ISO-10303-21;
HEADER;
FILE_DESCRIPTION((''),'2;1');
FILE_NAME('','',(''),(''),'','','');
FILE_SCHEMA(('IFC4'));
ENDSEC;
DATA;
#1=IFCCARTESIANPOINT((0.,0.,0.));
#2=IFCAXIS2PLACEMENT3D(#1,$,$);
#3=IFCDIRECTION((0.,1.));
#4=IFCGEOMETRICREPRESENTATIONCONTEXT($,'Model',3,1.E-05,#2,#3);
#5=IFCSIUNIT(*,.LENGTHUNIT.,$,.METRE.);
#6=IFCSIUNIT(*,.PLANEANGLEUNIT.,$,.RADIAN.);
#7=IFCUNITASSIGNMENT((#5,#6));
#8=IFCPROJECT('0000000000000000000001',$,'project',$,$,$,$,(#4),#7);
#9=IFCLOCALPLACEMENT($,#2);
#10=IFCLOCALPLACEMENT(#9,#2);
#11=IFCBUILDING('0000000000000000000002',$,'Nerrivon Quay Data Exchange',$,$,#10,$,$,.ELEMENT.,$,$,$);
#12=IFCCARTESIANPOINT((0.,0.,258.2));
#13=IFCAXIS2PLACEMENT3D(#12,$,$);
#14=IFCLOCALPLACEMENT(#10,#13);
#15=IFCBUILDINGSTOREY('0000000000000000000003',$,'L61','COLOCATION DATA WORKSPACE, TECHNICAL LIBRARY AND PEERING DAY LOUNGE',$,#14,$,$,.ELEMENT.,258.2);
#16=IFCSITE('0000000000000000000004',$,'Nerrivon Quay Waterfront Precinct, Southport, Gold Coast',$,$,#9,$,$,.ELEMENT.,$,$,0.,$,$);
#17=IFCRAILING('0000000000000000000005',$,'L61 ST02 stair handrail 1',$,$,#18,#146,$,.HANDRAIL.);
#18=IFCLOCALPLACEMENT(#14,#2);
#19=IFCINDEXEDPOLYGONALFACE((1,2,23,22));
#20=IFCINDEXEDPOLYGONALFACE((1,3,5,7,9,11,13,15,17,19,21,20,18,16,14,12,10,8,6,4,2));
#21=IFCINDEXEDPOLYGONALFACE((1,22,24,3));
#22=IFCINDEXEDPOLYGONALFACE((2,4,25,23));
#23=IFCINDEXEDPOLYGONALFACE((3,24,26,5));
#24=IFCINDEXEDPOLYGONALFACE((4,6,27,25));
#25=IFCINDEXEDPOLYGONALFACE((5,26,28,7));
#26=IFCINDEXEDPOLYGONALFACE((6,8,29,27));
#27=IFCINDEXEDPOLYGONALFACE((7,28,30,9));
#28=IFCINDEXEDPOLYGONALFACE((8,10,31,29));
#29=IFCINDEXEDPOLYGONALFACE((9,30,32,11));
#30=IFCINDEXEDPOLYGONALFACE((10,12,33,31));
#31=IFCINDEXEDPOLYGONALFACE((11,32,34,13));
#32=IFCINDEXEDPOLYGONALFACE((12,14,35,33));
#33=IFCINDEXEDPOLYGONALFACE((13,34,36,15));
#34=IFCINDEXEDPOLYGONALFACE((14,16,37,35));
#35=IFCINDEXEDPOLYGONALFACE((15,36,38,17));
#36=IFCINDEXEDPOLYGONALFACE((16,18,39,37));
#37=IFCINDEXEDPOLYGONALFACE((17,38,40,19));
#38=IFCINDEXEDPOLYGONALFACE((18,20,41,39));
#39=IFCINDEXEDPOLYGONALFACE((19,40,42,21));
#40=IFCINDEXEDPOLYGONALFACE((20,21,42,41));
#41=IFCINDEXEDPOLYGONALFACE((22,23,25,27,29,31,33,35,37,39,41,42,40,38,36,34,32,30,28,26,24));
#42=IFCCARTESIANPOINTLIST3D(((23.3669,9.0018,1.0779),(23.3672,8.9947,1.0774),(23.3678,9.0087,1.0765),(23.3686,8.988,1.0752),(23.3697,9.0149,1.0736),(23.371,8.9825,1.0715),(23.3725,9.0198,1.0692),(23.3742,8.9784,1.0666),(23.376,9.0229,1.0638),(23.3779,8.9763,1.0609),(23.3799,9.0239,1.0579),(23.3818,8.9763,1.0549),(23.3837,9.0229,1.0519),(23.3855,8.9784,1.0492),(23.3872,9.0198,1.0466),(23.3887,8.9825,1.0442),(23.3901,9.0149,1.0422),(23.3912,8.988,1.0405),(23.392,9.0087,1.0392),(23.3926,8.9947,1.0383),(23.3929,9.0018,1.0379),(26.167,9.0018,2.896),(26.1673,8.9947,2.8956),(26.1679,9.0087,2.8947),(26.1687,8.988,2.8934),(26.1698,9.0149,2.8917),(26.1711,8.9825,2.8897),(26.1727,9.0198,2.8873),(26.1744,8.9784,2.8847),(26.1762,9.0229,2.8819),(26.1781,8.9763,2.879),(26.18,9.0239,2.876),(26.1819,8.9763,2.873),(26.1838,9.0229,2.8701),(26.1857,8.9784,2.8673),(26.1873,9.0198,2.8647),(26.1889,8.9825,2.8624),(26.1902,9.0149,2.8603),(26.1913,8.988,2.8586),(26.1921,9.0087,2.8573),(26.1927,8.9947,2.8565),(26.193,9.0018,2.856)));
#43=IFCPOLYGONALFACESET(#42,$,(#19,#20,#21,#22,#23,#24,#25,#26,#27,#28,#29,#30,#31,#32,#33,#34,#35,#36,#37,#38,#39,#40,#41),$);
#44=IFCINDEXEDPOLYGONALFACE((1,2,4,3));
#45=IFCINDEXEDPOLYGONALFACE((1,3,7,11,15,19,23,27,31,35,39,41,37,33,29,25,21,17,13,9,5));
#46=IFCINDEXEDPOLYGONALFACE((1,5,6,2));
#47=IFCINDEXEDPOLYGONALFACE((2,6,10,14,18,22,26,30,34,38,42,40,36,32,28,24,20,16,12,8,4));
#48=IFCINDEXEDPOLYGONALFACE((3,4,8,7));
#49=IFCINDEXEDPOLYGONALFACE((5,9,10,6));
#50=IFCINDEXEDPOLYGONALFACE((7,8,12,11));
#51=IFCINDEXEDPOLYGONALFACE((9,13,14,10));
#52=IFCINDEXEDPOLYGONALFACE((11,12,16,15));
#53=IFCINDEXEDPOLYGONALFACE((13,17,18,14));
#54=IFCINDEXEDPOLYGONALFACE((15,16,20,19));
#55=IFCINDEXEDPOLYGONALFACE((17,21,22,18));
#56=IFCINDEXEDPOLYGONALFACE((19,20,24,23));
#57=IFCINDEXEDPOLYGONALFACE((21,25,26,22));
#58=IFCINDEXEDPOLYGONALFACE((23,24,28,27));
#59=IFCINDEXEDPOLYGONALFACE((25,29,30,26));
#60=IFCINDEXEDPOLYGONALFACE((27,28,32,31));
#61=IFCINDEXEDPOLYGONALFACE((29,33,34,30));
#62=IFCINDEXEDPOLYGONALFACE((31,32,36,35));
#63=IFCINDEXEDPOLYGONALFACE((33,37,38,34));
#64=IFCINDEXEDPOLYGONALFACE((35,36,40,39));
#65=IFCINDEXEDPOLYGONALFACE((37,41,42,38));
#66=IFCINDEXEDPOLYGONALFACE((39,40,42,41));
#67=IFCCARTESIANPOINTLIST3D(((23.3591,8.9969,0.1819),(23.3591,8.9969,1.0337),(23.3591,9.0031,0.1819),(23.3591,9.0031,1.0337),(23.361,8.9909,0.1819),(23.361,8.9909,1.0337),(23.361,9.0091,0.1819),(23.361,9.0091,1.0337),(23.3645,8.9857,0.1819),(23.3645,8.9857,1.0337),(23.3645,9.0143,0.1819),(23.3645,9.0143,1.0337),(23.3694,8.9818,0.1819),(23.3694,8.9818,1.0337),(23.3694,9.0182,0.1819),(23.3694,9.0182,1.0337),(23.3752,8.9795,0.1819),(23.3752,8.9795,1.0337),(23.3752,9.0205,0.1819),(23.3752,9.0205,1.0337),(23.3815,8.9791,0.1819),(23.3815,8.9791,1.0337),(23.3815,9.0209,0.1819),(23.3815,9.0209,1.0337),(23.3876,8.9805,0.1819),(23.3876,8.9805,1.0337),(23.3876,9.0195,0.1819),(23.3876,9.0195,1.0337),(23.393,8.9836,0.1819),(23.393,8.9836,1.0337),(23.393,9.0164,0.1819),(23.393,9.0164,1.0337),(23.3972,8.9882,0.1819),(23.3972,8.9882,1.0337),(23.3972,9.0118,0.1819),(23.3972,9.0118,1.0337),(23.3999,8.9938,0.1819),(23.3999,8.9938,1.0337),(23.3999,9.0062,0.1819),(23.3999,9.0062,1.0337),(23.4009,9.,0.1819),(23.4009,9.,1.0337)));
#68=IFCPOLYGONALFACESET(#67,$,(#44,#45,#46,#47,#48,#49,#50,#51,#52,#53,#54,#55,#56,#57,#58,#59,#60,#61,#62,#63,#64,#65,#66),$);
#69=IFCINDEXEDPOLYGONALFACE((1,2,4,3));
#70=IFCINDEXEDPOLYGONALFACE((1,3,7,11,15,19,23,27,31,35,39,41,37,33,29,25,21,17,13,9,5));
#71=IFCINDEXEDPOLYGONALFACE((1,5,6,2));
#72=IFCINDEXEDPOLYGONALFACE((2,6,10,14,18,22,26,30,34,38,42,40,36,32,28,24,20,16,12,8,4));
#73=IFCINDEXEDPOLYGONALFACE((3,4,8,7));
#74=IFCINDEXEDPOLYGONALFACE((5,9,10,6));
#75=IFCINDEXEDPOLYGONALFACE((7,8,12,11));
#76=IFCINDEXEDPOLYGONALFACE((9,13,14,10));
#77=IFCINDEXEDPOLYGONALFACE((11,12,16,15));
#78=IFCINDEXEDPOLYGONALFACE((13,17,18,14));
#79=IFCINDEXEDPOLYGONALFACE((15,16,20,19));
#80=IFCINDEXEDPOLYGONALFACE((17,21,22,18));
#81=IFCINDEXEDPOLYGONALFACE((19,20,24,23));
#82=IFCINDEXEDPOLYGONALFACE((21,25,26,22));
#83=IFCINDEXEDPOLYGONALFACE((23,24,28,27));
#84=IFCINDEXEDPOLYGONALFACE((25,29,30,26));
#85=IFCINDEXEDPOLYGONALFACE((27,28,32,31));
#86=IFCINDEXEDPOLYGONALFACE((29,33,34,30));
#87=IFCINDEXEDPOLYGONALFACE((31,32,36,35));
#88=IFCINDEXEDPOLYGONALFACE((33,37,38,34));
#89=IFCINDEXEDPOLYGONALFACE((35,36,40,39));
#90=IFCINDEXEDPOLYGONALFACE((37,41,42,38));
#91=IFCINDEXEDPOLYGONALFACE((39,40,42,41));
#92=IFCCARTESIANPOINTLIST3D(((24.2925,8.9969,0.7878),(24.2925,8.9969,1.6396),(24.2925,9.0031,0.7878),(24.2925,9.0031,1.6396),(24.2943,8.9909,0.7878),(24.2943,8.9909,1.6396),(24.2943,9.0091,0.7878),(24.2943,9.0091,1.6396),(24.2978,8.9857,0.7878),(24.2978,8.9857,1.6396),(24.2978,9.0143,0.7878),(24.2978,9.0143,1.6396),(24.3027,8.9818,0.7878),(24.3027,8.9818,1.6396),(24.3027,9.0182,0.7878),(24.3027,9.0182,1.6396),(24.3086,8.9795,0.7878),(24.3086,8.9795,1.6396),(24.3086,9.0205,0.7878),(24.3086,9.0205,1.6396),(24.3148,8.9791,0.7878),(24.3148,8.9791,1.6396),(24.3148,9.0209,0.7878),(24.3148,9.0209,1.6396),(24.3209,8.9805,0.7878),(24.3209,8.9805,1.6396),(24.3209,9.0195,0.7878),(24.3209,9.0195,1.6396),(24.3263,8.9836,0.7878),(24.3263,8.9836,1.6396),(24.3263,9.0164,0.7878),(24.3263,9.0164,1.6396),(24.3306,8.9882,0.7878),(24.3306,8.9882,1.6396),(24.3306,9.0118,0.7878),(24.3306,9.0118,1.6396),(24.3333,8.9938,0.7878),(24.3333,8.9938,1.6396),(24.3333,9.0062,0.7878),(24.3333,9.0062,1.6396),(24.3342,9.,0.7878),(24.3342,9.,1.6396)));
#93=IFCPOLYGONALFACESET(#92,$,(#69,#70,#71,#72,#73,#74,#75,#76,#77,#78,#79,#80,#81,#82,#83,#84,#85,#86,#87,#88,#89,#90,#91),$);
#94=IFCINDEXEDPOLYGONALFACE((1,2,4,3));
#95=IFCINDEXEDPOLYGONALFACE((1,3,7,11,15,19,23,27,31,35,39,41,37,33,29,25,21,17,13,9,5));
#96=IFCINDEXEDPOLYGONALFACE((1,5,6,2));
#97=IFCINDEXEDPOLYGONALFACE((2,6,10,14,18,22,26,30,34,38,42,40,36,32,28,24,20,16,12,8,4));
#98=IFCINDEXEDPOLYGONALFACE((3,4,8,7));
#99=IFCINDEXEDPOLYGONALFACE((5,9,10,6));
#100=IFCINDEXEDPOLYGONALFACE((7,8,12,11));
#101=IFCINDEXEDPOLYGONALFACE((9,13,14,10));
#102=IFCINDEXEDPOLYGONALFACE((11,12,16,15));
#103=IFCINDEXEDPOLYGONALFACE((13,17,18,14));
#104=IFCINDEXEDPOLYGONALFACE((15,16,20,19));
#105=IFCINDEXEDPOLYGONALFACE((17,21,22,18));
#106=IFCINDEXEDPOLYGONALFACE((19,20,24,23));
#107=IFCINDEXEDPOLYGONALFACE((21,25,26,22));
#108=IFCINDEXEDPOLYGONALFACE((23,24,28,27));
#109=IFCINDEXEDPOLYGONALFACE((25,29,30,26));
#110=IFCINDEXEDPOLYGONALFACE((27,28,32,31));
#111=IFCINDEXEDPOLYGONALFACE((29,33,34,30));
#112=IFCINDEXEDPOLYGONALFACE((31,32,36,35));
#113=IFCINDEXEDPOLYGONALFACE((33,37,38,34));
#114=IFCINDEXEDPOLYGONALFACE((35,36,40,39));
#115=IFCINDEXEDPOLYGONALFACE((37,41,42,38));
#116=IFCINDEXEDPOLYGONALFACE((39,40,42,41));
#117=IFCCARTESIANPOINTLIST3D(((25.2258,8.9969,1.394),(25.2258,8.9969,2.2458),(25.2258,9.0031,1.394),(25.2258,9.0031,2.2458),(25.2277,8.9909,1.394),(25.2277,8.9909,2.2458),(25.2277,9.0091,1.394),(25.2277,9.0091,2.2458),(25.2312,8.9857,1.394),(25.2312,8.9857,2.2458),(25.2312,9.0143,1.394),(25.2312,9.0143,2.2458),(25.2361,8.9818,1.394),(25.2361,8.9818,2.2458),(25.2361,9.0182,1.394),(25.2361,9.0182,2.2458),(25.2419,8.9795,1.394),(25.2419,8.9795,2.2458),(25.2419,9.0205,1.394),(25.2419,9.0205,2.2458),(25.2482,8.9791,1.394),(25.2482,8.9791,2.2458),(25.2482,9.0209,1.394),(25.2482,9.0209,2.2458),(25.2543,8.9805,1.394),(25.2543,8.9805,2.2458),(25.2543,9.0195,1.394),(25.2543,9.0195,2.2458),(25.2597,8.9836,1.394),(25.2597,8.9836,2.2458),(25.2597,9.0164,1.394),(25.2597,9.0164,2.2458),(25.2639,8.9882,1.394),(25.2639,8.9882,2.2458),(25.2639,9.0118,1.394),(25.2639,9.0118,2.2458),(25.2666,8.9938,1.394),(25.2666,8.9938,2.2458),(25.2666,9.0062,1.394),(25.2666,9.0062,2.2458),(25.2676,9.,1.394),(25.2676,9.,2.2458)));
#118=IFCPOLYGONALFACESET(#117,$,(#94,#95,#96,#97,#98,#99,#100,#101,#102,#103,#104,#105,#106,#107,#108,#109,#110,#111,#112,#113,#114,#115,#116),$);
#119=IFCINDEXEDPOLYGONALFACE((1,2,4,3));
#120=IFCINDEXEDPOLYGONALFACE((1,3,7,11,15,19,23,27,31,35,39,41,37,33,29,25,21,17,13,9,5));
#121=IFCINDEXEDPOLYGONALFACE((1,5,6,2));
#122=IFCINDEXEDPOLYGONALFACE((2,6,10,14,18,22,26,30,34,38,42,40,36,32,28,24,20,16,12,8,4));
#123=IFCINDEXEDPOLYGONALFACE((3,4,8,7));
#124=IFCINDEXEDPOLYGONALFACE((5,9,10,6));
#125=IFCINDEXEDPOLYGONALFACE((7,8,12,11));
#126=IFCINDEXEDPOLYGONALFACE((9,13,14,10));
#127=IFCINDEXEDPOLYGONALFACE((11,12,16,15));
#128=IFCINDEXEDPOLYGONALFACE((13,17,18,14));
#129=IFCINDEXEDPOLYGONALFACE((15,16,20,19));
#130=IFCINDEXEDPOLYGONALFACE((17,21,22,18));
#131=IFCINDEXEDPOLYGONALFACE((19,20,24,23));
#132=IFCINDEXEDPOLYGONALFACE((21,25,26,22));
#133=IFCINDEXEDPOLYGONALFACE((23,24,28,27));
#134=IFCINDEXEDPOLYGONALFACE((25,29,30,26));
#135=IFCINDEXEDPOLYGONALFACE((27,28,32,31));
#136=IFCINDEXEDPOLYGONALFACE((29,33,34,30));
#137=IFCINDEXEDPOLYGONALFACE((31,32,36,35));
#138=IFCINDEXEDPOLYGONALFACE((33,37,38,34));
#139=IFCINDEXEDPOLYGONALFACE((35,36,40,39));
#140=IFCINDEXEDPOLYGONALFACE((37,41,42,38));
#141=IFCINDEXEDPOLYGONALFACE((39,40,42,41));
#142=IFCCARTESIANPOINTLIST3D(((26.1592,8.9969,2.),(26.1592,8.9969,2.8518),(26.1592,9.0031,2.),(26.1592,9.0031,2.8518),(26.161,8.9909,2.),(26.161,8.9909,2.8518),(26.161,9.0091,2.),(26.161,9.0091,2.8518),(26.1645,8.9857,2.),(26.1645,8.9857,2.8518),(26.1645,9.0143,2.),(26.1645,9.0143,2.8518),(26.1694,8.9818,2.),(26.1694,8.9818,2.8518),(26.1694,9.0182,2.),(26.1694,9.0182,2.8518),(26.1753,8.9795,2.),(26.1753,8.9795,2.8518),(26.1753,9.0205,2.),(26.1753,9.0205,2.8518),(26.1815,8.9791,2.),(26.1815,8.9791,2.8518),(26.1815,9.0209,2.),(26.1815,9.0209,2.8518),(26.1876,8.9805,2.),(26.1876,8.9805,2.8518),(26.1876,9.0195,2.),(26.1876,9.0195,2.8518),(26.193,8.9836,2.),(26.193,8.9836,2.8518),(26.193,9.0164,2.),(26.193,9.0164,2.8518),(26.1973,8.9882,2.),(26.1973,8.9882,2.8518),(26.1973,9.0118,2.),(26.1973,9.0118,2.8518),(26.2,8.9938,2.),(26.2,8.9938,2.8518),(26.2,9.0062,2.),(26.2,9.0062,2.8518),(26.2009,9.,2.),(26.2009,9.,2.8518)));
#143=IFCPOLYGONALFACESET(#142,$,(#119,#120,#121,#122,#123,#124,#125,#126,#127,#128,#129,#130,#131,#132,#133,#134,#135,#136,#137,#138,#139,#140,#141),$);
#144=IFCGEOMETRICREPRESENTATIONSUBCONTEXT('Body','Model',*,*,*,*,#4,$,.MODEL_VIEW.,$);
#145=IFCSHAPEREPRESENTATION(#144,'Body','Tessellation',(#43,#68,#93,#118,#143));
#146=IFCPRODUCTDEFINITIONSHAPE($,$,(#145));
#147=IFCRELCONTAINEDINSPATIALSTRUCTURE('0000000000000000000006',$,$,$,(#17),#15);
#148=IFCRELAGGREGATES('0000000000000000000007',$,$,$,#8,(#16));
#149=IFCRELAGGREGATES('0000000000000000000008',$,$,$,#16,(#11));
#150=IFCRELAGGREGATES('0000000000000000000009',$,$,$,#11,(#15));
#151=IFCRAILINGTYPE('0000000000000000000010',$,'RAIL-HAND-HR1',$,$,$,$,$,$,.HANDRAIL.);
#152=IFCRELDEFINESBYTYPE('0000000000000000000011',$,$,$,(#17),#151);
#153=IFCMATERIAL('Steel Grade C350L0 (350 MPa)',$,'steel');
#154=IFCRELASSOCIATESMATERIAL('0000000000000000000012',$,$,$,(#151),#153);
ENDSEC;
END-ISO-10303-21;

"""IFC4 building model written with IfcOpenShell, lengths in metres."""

from ifc_helpers import new_model, si_unit, direction, frame, origin, origin_2d, place, context, subcontext, project, spatial, circle, extrude, material, type_object, element, save


model = new_model("IFC4")

# Units and contexts
model_context = context("Model", 3, precision=1e-05, world=origin(), true_north=direction((0.0, 1.0)))
body_context = subcontext(model_context, "Body", "Model", "MODEL_VIEW")
ifc_project = project(units=[si_unit("LENGTHUNIT", "METRE"), si_unit("PLANEANGLEUNIT", "RADIAN")], contexts=[model_context])

# Site, building, storey
site_placement = place(None, origin())
site = spatial("IfcSite", under=ifc_project, at=site_placement, Name="Nerrivon Quay Waterfront Precinct, Southport, Gold Coast", CompositionType="ELEMENT", RefElevation=0.0)
building_placement = place(site_placement, origin())
building = spatial("IfcBuilding", under=site, at=building_placement, Name="Nerrivon Quay Data Exchange", CompositionType="ELEMENT")
storey_placement = place(building_placement, frame((0.0, 0.0, 258.2)))
storey = spatial("IfcBuildingStorey", under=building, at=storey_placement, Name="L61", Description="COLOCATION DATA WORKSPACE, TECHNICAL LIBRARY AND PEERING DAY LOUNGE", CompositionType="ELEMENT", Elevation=258.2)

# Railing
ifc_material_1 = material(Name="Steel Grade C350L0 (350 MPa)", Category="steel")
railing_type_1 = type_object("IfcRailingType", Name="RAIL-HAND-HR1", PredefinedType="HANDRAIL", material=ifc_material_1)
railing_1_placement = place(storey_placement, frame((23.3799, 9.0, 0.1819)))
element("IfcRailing", 1, at=railing_1_placement, inside=storey, type_object=railing_type_1, Name="L61 ST02 stair handrail 1", PredefinedType="HANDRAIL", context=body_context, shape_type="SweptSolid", body=[
    extrude(circle(Radius=0.0239, at=origin_2d()), frame((0.0, 0.0, 0.876), z_axis=(0.838706, 0.0, 0.544585), x_axis=(0.0, 1.0, 0.0)), (0.0, 0.0, 1.0), 3.3386),
    extrude(circle(Radius=0.021, at=origin_2d()), origin(), (0.0, 0.0, 1.0), 0.8518),
    extrude(circle(Radius=0.021, at=origin_2d()), frame((0.9333, 0.0, 0.606)), (0.0, 0.0, 1.0), 0.8518),
    extrude(circle(Radius=0.021, at=origin_2d()), frame((1.8667, 0.0, 1.2122)), (0.0, 0.0, 1.0), 0.8518),
    extrude(circle(Radius=0.021, at=origin_2d()), frame((2.8, 0.0, 1.8181)), (0.0, 0.0, 1.0), 0.8518),
])

save(model, "model.ifc")
